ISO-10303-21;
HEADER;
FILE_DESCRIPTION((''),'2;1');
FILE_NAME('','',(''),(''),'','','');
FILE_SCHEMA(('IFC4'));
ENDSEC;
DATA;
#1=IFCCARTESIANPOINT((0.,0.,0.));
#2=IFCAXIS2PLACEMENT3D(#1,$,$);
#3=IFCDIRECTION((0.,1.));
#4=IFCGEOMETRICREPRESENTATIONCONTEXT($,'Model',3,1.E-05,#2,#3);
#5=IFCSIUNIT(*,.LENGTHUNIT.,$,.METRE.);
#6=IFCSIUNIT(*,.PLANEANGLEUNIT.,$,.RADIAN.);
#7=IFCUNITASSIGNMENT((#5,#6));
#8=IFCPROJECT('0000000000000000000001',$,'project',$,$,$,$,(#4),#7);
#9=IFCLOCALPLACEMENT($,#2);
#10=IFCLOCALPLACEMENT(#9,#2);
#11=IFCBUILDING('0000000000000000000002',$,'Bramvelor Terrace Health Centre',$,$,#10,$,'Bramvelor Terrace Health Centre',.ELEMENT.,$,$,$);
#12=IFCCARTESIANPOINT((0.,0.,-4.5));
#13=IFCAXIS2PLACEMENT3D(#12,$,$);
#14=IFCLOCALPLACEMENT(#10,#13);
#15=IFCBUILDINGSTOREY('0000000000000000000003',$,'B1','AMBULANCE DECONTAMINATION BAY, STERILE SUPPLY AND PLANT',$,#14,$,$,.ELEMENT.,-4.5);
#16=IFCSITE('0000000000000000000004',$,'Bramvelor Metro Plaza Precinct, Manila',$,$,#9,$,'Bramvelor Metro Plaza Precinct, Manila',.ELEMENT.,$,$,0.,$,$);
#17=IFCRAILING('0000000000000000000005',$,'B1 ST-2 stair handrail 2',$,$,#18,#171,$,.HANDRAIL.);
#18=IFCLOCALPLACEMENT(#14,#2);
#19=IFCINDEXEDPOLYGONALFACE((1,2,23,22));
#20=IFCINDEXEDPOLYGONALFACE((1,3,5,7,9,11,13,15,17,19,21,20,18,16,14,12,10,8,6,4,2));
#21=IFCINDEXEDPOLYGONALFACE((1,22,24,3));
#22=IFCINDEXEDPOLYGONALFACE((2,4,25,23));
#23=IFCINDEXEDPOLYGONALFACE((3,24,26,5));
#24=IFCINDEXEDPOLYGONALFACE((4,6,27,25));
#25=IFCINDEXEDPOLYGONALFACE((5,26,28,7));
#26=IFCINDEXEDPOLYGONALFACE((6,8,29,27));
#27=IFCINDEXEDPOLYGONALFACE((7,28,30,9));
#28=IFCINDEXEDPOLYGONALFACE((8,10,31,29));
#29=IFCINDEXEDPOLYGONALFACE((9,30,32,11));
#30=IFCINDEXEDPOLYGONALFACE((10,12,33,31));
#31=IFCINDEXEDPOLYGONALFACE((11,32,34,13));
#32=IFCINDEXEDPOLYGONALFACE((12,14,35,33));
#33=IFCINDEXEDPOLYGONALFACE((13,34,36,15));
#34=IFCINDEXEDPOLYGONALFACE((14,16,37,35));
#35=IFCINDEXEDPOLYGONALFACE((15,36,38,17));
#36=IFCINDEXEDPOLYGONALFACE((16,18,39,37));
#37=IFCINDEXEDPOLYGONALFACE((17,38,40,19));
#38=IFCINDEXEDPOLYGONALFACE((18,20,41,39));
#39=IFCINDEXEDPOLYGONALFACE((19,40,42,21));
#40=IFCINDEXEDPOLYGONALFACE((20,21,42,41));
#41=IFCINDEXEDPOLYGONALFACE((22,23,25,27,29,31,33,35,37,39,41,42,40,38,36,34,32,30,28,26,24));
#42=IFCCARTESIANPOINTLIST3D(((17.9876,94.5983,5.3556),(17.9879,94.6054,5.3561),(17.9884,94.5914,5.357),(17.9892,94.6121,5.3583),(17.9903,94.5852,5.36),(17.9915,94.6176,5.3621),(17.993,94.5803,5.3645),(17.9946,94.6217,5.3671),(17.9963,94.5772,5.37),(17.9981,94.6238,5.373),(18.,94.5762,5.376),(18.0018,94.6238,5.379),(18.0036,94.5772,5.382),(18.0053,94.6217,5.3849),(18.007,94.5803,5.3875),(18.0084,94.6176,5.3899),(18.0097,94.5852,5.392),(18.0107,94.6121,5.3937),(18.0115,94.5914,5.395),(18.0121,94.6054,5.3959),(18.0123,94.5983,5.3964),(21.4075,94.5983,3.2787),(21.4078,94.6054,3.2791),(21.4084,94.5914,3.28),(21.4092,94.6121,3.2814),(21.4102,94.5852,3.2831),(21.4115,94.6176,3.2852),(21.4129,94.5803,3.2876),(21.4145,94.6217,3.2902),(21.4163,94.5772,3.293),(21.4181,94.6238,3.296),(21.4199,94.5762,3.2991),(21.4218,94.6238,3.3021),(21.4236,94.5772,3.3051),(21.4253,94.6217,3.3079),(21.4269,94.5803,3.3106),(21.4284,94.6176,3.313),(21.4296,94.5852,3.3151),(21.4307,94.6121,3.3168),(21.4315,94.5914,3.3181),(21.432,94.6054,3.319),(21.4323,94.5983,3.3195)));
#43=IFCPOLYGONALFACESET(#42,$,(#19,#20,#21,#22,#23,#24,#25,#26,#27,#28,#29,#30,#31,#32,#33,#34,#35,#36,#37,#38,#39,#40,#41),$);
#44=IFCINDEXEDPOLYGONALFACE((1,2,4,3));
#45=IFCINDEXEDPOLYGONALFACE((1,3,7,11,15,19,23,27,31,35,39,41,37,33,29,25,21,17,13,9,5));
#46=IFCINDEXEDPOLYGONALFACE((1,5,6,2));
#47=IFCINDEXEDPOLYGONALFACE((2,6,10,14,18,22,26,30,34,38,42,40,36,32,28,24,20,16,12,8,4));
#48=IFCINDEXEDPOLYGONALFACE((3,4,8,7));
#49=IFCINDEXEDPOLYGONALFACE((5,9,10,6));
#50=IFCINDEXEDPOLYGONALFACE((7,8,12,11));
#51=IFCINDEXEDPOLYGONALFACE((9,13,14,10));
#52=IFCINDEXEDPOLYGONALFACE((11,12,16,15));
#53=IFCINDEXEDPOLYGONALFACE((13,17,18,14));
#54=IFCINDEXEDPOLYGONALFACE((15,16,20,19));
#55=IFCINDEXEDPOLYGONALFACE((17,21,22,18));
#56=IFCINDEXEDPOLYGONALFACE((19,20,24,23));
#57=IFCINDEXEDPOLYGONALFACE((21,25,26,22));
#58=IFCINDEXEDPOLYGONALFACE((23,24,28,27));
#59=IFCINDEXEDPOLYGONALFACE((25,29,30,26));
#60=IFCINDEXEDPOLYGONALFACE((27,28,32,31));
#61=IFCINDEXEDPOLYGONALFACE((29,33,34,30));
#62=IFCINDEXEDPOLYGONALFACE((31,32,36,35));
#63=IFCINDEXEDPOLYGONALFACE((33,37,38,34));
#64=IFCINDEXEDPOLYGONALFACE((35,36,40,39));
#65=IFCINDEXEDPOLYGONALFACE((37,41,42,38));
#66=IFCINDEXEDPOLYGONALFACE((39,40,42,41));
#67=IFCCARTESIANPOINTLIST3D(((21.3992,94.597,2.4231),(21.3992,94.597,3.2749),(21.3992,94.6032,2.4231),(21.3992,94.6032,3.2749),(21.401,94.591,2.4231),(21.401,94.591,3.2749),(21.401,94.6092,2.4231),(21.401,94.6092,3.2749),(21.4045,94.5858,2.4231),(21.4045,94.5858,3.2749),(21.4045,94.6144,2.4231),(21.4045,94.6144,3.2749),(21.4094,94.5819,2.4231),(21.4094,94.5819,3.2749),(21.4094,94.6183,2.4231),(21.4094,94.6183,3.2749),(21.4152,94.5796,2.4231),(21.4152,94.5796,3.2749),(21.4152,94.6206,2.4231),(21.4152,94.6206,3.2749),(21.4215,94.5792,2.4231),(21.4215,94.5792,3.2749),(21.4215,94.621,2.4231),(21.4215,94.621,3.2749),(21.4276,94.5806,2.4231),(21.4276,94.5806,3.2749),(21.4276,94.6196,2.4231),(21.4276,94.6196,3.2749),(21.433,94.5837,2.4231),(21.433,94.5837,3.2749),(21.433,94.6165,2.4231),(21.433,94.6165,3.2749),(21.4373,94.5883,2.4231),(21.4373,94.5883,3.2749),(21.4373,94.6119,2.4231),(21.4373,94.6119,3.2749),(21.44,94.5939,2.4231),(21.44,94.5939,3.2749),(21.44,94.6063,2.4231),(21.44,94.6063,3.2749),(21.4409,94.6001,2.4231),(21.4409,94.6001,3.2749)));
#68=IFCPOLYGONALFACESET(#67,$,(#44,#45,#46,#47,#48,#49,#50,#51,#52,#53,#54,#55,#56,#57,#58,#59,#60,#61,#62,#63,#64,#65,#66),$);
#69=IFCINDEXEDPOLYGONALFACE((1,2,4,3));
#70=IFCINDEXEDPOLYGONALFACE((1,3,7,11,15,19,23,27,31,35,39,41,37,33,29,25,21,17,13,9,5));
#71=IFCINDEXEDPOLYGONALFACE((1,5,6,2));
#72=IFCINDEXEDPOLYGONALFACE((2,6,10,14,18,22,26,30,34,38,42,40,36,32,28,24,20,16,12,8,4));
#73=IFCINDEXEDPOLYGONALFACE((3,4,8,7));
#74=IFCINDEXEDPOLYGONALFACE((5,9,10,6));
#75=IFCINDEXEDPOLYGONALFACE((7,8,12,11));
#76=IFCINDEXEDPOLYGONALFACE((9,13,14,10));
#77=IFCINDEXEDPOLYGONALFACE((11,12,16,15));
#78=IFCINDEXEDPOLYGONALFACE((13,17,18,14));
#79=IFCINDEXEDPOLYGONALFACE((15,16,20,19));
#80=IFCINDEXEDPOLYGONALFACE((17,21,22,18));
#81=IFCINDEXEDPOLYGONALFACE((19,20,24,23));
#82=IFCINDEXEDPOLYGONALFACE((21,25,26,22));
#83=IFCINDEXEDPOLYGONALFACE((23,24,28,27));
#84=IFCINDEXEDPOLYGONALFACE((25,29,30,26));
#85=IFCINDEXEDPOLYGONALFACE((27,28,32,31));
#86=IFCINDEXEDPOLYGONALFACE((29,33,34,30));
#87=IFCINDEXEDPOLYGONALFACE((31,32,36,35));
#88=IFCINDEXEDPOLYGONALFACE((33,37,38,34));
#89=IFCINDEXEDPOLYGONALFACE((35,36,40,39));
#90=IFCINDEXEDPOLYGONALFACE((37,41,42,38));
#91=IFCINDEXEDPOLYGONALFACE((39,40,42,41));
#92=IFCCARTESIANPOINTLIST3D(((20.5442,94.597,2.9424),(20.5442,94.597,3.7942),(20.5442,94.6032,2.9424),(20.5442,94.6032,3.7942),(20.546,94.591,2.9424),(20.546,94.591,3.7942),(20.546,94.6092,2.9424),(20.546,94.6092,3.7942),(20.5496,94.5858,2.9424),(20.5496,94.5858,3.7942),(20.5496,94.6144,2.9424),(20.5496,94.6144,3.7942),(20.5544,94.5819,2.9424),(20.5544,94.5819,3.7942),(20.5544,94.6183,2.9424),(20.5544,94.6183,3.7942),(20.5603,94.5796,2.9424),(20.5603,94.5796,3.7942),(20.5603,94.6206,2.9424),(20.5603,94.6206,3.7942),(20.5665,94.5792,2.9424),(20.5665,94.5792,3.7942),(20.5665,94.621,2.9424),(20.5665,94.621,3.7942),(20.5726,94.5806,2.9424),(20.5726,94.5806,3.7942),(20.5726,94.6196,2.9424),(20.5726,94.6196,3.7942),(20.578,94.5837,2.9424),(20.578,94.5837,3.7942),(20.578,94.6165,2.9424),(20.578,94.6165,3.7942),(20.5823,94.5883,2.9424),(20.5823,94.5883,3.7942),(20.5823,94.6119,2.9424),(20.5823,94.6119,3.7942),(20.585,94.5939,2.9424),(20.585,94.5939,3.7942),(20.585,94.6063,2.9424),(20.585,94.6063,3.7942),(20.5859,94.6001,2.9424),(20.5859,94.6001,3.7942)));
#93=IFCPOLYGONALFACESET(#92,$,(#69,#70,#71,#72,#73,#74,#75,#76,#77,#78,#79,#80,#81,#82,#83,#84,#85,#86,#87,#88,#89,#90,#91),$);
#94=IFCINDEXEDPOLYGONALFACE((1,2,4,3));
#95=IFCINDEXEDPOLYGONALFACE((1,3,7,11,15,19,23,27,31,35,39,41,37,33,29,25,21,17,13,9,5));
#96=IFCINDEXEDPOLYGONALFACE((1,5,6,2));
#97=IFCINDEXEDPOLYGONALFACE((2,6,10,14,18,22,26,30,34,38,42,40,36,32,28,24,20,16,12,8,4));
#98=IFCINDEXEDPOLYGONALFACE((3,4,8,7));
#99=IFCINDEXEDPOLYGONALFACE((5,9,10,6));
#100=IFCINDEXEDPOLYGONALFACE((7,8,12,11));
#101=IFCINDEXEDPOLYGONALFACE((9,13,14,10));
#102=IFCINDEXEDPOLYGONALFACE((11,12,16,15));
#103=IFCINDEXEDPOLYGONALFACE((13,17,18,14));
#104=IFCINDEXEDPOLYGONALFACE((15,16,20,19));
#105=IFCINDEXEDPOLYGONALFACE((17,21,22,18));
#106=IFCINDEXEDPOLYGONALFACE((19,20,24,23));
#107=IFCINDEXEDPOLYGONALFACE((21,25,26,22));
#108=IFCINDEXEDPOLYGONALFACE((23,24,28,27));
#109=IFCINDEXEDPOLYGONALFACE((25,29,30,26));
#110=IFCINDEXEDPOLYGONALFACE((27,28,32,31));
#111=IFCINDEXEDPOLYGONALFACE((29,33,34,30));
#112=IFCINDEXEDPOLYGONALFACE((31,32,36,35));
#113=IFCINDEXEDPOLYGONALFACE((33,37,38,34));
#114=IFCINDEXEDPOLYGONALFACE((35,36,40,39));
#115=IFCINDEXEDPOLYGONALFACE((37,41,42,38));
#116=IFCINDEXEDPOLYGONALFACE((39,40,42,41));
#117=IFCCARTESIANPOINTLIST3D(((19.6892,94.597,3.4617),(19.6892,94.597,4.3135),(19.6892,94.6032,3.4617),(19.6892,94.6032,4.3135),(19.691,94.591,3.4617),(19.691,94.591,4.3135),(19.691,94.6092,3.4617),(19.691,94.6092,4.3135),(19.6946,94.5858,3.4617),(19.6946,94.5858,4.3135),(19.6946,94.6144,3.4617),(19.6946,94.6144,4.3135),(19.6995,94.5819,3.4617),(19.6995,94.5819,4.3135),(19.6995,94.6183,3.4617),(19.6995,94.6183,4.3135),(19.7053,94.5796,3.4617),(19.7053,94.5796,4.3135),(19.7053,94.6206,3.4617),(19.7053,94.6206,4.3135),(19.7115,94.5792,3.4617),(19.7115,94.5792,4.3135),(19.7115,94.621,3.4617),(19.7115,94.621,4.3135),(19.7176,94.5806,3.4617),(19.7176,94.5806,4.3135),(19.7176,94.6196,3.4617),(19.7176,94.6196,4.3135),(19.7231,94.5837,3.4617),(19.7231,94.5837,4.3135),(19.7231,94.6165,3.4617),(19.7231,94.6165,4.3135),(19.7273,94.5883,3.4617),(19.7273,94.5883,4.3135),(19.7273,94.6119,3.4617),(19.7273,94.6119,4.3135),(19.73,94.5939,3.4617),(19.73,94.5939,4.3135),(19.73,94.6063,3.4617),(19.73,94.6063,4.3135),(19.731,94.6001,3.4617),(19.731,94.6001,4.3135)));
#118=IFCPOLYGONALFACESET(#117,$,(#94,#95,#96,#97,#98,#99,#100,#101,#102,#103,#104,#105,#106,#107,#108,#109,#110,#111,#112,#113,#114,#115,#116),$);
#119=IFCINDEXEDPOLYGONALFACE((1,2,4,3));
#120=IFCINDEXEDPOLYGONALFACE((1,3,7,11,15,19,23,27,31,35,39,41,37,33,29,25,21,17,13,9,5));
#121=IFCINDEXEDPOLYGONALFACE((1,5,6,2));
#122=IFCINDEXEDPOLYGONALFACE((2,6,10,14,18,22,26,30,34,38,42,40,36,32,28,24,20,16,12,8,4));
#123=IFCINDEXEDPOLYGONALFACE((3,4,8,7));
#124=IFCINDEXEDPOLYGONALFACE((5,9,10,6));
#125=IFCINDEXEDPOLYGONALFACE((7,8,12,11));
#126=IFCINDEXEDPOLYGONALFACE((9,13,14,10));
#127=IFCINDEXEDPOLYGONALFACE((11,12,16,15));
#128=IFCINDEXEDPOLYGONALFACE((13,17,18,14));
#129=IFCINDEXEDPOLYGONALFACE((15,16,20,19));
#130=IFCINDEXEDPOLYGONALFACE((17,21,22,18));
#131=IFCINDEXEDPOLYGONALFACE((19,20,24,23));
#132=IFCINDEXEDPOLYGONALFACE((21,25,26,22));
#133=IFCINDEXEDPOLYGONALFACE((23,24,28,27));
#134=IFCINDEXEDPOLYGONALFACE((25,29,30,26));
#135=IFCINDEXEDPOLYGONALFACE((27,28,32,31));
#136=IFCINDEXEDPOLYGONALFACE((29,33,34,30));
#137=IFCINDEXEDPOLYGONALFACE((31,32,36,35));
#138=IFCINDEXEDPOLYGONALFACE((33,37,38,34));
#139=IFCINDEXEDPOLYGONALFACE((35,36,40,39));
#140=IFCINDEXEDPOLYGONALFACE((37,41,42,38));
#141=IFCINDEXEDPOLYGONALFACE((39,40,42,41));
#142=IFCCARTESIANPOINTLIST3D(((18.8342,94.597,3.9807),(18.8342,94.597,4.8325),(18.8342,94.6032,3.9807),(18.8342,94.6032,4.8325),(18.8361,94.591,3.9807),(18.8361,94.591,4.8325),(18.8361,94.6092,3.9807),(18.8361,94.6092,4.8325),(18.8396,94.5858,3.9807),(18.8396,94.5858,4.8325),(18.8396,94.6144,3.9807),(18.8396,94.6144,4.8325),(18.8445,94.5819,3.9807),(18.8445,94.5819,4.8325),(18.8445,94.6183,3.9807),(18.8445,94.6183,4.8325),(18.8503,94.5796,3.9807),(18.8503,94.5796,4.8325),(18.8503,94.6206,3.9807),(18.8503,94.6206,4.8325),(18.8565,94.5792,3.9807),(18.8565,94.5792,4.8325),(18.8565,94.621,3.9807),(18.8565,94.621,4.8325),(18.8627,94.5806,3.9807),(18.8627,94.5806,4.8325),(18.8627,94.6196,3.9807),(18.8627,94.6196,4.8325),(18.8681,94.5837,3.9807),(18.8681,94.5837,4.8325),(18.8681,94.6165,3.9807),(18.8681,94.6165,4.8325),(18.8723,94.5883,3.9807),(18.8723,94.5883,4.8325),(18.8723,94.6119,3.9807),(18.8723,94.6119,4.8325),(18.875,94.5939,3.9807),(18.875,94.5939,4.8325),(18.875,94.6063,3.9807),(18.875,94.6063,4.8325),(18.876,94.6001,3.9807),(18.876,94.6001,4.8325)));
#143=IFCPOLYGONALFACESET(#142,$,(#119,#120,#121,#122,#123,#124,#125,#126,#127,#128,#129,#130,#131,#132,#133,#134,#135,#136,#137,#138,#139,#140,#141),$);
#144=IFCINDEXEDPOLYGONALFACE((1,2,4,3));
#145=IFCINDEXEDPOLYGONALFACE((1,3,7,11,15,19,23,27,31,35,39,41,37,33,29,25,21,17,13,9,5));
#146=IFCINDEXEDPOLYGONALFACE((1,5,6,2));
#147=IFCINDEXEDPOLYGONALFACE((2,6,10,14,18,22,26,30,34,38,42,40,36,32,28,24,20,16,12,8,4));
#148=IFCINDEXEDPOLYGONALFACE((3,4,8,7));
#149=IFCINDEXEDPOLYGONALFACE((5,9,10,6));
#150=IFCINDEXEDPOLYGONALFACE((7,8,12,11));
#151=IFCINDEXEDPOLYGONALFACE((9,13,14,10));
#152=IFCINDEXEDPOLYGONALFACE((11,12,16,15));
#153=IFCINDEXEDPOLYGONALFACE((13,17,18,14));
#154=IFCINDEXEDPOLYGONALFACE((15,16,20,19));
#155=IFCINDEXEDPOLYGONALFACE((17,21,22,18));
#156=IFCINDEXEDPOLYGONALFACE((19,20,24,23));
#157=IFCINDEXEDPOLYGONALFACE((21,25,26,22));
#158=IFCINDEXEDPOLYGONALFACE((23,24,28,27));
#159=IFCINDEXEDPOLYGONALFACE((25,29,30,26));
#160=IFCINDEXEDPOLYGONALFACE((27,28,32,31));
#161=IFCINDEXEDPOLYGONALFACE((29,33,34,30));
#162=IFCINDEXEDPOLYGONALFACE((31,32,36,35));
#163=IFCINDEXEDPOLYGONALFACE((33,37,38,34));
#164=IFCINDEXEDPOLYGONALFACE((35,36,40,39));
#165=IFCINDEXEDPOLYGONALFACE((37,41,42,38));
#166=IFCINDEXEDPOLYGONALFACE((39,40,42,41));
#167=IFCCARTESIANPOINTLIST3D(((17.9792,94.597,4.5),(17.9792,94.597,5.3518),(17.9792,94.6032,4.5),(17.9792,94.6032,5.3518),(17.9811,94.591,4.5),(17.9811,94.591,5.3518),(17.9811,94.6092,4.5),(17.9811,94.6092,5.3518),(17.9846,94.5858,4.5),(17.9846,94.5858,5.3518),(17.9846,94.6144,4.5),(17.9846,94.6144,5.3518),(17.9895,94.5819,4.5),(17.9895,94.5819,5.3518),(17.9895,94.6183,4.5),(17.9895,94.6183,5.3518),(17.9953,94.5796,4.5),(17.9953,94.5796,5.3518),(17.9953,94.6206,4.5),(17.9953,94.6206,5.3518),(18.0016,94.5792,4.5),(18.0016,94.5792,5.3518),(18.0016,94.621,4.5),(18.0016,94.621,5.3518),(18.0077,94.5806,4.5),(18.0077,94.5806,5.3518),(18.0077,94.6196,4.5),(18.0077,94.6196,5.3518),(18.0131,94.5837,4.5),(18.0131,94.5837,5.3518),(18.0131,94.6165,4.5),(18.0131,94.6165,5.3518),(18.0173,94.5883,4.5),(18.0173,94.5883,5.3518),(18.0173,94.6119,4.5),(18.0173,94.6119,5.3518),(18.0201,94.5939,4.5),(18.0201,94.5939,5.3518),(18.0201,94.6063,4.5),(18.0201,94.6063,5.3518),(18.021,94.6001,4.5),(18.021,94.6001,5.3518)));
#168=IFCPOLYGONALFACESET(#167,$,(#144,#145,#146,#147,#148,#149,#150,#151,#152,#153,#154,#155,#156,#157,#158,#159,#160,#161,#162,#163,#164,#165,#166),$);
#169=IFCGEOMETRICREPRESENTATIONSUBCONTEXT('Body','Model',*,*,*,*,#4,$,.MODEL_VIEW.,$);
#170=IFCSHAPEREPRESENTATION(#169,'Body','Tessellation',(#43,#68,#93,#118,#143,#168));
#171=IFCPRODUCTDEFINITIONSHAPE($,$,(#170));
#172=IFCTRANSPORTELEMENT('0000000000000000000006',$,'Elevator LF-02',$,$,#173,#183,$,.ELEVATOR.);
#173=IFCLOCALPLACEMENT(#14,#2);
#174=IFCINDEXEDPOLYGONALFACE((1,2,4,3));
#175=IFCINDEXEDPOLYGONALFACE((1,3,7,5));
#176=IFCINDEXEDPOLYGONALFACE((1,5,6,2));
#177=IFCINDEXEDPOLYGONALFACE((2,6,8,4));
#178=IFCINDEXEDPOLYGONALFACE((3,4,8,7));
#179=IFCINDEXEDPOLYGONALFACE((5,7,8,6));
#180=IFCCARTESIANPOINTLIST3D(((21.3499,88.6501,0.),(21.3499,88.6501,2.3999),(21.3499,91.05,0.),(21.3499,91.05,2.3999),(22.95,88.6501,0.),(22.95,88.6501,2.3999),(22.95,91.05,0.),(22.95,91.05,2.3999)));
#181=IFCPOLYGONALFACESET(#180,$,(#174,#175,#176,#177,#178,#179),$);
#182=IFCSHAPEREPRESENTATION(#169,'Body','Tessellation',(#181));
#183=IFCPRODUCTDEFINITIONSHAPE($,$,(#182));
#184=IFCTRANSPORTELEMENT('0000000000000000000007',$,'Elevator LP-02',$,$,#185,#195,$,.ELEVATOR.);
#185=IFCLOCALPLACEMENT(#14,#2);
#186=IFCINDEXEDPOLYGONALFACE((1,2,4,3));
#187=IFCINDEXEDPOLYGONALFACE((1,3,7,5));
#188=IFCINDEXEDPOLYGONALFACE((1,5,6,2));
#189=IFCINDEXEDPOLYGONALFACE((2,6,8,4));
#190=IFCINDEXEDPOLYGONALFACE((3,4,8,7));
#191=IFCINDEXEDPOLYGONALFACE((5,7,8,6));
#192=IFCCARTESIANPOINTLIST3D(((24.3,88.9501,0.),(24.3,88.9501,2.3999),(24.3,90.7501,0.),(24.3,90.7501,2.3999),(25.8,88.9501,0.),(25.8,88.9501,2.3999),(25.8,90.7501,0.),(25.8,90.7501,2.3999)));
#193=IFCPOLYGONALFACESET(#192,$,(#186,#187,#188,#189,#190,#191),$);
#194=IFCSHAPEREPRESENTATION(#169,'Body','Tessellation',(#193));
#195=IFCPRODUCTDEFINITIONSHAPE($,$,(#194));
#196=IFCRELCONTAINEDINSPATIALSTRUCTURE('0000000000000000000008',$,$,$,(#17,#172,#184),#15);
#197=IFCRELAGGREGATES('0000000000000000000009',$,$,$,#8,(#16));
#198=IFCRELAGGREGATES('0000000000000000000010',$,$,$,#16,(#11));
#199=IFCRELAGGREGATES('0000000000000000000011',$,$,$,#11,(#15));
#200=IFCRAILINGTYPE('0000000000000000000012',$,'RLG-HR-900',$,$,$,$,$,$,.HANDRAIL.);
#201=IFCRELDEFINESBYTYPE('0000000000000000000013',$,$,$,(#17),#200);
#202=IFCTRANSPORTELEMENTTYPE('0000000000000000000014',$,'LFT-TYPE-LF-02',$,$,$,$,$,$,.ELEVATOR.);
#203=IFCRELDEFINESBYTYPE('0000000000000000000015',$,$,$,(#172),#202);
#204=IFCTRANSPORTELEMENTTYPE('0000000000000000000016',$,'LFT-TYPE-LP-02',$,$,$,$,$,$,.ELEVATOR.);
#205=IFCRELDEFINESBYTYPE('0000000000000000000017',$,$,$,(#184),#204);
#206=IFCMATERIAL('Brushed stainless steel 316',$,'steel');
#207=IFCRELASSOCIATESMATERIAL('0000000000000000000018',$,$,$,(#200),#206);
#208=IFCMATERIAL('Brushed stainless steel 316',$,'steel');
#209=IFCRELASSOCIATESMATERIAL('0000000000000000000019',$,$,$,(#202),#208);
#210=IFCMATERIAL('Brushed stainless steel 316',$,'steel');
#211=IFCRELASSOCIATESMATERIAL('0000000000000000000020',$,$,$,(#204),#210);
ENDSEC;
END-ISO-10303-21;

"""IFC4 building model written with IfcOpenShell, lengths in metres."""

from ifc_helpers import new_model, si_unit, direction, frame, origin, origin_2d, place, context, subcontext, project, spatial, rectangle, circle, extrude, material, type_object, element, save


model = new_model("IFC4")

# Units and contexts
model_context = context("Model", 3, precision=1e-05, world=origin(), true_north=direction((0.0, 1.0)))
body_context = subcontext(model_context, "Body", "Model", "MODEL_VIEW")
ifc_project = project(units=[si_unit("LENGTHUNIT", "METRE"), si_unit("PLANEANGLEUNIT", "RADIAN")], contexts=[model_context])

# Site, building, storey
site_placement = place(None, origin())
site = spatial("IfcSite", under=ifc_project, at=site_placement, Name="Bramvelor Metro Plaza Precinct, Manila", LongName="Bramvelor Metro Plaza Precinct, Manila", CompositionType="ELEMENT", RefElevation=0.0)
building_placement = place(site_placement, origin())
building = spatial("IfcBuilding", under=site, at=building_placement, Name="Bramvelor Terrace Health Centre", LongName="Bramvelor Terrace Health Centre", CompositionType="ELEMENT")
storey_placement = place(building_placement, frame((0.0, 0.0, -4.5)))
storey = spatial("IfcBuildingStorey", under=building, at=storey_placement, Name="B1", Description="AMBULANCE DECONTAMINATION BAY, STERILE SUPPLY AND PLANT", CompositionType="ELEMENT", Elevation=-4.5)

# Railing
ifc_material_1 = material(Name="Brushed stainless steel 316", Category="steel")
railing_type_1 = type_object("IfcRailingType", Name="RLG-HR-900", PredefinedType="HANDRAIL", material=ifc_material_1)
railing_1_placement = place(storey_placement, frame((21.4199, 94.6001, 2.4231)))
element("IfcRailing", 1, at=railing_1_placement, inside=storey, type_object=railing_type_1, Name="B1 ST-2 stair handrail 2", PredefinedType="HANDRAIL", context=body_context, shape_type="SweptSolid", body=[
    extrude(circle(Radius=0.0239, at=origin_2d()), frame((0.0, 0.0, 0.876), z_axis=(-0.85473, 0.0, 0.519074), x_axis=(0.0, -1.0, 0.0)), (0.0, 0.0, 1.0), 4.0012),
    extrude(circle(Radius=0.021, at=origin_2d()), origin(), (0.0, 0.0, 1.0), 0.8518),
    extrude(circle(Radius=0.021, at=origin_2d()), frame((-0.855, 0.0, 0.5193)), (0.0, 0.0, 1.0), 0.8518),
    extrude(circle(Radius=0.021, at=origin_2d()), frame((-1.71, 0.0, 1.0386)), (0.0, 0.0, 1.0), 0.8518),
    extrude(circle(Radius=0.021, at=origin_2d()), frame((-2.5649, 0.0, 1.5576)), (0.0, 0.0, 1.0), 0.8518),
    extrude(circle(Radius=0.021, at=origin_2d()), frame((-3.4199, 0.0, 2.0769)), (0.0, 0.0, 1.0), 0.8518),
])

# Transport elements
ifc_material_2 = material(Name="Brushed stainless steel 316", Category="steel")
transport_element_type_1 = type_object("IfcTransportElementType", Name="LFT-TYPE-LF-02", PredefinedType="ELEVATOR", material=ifc_material_2)
transport_element_1_placement = place(storey_placement, frame((22.1499, 89.8501, 0.0), z_axis=(0.0, 0.0, 1.0), x_axis=(1.0, 0.0, 0.0)))
element("IfcTransportElement", 2, at=transport_element_1_placement, inside=storey, type_object=transport_element_type_1, Name="Elevator LF-02", PredefinedType="ELEVATOR", context=body_context, shape_type="SweptSolid", body=[
    extrude(rectangle(XDim=1.6001, YDim=2.3999, at=origin_2d()), origin(), (0.0, 0.0, 1.0), 2.3999),
])
ifc_material_3 = material(Name="Brushed stainless steel 316", Category="steel")
transport_element_type_2 = type_object("IfcTransportElementType", Name="LFT-TYPE-LP-02", PredefinedType="ELEVATOR", material=ifc_material_3)
transport_element_2_placement = place(storey_placement, frame((25.05, 89.8501, 0.0), z_axis=(0.0, 0.0, 1.0), x_axis=(1.0, 0.0, 0.0)))
element("IfcTransportElement", 3, at=transport_element_2_placement, inside=storey, type_object=transport_element_type_2, Name="Elevator LP-02", PredefinedType="ELEVATOR", context=body_context, shape_type="SweptSolid", body=[
    extrude(rectangle(XDim=1.5, YDim=1.8, at=origin_2d()), origin(), (0.0, 0.0, 1.0), 2.3999),
])

save(model, "model.ifc")
